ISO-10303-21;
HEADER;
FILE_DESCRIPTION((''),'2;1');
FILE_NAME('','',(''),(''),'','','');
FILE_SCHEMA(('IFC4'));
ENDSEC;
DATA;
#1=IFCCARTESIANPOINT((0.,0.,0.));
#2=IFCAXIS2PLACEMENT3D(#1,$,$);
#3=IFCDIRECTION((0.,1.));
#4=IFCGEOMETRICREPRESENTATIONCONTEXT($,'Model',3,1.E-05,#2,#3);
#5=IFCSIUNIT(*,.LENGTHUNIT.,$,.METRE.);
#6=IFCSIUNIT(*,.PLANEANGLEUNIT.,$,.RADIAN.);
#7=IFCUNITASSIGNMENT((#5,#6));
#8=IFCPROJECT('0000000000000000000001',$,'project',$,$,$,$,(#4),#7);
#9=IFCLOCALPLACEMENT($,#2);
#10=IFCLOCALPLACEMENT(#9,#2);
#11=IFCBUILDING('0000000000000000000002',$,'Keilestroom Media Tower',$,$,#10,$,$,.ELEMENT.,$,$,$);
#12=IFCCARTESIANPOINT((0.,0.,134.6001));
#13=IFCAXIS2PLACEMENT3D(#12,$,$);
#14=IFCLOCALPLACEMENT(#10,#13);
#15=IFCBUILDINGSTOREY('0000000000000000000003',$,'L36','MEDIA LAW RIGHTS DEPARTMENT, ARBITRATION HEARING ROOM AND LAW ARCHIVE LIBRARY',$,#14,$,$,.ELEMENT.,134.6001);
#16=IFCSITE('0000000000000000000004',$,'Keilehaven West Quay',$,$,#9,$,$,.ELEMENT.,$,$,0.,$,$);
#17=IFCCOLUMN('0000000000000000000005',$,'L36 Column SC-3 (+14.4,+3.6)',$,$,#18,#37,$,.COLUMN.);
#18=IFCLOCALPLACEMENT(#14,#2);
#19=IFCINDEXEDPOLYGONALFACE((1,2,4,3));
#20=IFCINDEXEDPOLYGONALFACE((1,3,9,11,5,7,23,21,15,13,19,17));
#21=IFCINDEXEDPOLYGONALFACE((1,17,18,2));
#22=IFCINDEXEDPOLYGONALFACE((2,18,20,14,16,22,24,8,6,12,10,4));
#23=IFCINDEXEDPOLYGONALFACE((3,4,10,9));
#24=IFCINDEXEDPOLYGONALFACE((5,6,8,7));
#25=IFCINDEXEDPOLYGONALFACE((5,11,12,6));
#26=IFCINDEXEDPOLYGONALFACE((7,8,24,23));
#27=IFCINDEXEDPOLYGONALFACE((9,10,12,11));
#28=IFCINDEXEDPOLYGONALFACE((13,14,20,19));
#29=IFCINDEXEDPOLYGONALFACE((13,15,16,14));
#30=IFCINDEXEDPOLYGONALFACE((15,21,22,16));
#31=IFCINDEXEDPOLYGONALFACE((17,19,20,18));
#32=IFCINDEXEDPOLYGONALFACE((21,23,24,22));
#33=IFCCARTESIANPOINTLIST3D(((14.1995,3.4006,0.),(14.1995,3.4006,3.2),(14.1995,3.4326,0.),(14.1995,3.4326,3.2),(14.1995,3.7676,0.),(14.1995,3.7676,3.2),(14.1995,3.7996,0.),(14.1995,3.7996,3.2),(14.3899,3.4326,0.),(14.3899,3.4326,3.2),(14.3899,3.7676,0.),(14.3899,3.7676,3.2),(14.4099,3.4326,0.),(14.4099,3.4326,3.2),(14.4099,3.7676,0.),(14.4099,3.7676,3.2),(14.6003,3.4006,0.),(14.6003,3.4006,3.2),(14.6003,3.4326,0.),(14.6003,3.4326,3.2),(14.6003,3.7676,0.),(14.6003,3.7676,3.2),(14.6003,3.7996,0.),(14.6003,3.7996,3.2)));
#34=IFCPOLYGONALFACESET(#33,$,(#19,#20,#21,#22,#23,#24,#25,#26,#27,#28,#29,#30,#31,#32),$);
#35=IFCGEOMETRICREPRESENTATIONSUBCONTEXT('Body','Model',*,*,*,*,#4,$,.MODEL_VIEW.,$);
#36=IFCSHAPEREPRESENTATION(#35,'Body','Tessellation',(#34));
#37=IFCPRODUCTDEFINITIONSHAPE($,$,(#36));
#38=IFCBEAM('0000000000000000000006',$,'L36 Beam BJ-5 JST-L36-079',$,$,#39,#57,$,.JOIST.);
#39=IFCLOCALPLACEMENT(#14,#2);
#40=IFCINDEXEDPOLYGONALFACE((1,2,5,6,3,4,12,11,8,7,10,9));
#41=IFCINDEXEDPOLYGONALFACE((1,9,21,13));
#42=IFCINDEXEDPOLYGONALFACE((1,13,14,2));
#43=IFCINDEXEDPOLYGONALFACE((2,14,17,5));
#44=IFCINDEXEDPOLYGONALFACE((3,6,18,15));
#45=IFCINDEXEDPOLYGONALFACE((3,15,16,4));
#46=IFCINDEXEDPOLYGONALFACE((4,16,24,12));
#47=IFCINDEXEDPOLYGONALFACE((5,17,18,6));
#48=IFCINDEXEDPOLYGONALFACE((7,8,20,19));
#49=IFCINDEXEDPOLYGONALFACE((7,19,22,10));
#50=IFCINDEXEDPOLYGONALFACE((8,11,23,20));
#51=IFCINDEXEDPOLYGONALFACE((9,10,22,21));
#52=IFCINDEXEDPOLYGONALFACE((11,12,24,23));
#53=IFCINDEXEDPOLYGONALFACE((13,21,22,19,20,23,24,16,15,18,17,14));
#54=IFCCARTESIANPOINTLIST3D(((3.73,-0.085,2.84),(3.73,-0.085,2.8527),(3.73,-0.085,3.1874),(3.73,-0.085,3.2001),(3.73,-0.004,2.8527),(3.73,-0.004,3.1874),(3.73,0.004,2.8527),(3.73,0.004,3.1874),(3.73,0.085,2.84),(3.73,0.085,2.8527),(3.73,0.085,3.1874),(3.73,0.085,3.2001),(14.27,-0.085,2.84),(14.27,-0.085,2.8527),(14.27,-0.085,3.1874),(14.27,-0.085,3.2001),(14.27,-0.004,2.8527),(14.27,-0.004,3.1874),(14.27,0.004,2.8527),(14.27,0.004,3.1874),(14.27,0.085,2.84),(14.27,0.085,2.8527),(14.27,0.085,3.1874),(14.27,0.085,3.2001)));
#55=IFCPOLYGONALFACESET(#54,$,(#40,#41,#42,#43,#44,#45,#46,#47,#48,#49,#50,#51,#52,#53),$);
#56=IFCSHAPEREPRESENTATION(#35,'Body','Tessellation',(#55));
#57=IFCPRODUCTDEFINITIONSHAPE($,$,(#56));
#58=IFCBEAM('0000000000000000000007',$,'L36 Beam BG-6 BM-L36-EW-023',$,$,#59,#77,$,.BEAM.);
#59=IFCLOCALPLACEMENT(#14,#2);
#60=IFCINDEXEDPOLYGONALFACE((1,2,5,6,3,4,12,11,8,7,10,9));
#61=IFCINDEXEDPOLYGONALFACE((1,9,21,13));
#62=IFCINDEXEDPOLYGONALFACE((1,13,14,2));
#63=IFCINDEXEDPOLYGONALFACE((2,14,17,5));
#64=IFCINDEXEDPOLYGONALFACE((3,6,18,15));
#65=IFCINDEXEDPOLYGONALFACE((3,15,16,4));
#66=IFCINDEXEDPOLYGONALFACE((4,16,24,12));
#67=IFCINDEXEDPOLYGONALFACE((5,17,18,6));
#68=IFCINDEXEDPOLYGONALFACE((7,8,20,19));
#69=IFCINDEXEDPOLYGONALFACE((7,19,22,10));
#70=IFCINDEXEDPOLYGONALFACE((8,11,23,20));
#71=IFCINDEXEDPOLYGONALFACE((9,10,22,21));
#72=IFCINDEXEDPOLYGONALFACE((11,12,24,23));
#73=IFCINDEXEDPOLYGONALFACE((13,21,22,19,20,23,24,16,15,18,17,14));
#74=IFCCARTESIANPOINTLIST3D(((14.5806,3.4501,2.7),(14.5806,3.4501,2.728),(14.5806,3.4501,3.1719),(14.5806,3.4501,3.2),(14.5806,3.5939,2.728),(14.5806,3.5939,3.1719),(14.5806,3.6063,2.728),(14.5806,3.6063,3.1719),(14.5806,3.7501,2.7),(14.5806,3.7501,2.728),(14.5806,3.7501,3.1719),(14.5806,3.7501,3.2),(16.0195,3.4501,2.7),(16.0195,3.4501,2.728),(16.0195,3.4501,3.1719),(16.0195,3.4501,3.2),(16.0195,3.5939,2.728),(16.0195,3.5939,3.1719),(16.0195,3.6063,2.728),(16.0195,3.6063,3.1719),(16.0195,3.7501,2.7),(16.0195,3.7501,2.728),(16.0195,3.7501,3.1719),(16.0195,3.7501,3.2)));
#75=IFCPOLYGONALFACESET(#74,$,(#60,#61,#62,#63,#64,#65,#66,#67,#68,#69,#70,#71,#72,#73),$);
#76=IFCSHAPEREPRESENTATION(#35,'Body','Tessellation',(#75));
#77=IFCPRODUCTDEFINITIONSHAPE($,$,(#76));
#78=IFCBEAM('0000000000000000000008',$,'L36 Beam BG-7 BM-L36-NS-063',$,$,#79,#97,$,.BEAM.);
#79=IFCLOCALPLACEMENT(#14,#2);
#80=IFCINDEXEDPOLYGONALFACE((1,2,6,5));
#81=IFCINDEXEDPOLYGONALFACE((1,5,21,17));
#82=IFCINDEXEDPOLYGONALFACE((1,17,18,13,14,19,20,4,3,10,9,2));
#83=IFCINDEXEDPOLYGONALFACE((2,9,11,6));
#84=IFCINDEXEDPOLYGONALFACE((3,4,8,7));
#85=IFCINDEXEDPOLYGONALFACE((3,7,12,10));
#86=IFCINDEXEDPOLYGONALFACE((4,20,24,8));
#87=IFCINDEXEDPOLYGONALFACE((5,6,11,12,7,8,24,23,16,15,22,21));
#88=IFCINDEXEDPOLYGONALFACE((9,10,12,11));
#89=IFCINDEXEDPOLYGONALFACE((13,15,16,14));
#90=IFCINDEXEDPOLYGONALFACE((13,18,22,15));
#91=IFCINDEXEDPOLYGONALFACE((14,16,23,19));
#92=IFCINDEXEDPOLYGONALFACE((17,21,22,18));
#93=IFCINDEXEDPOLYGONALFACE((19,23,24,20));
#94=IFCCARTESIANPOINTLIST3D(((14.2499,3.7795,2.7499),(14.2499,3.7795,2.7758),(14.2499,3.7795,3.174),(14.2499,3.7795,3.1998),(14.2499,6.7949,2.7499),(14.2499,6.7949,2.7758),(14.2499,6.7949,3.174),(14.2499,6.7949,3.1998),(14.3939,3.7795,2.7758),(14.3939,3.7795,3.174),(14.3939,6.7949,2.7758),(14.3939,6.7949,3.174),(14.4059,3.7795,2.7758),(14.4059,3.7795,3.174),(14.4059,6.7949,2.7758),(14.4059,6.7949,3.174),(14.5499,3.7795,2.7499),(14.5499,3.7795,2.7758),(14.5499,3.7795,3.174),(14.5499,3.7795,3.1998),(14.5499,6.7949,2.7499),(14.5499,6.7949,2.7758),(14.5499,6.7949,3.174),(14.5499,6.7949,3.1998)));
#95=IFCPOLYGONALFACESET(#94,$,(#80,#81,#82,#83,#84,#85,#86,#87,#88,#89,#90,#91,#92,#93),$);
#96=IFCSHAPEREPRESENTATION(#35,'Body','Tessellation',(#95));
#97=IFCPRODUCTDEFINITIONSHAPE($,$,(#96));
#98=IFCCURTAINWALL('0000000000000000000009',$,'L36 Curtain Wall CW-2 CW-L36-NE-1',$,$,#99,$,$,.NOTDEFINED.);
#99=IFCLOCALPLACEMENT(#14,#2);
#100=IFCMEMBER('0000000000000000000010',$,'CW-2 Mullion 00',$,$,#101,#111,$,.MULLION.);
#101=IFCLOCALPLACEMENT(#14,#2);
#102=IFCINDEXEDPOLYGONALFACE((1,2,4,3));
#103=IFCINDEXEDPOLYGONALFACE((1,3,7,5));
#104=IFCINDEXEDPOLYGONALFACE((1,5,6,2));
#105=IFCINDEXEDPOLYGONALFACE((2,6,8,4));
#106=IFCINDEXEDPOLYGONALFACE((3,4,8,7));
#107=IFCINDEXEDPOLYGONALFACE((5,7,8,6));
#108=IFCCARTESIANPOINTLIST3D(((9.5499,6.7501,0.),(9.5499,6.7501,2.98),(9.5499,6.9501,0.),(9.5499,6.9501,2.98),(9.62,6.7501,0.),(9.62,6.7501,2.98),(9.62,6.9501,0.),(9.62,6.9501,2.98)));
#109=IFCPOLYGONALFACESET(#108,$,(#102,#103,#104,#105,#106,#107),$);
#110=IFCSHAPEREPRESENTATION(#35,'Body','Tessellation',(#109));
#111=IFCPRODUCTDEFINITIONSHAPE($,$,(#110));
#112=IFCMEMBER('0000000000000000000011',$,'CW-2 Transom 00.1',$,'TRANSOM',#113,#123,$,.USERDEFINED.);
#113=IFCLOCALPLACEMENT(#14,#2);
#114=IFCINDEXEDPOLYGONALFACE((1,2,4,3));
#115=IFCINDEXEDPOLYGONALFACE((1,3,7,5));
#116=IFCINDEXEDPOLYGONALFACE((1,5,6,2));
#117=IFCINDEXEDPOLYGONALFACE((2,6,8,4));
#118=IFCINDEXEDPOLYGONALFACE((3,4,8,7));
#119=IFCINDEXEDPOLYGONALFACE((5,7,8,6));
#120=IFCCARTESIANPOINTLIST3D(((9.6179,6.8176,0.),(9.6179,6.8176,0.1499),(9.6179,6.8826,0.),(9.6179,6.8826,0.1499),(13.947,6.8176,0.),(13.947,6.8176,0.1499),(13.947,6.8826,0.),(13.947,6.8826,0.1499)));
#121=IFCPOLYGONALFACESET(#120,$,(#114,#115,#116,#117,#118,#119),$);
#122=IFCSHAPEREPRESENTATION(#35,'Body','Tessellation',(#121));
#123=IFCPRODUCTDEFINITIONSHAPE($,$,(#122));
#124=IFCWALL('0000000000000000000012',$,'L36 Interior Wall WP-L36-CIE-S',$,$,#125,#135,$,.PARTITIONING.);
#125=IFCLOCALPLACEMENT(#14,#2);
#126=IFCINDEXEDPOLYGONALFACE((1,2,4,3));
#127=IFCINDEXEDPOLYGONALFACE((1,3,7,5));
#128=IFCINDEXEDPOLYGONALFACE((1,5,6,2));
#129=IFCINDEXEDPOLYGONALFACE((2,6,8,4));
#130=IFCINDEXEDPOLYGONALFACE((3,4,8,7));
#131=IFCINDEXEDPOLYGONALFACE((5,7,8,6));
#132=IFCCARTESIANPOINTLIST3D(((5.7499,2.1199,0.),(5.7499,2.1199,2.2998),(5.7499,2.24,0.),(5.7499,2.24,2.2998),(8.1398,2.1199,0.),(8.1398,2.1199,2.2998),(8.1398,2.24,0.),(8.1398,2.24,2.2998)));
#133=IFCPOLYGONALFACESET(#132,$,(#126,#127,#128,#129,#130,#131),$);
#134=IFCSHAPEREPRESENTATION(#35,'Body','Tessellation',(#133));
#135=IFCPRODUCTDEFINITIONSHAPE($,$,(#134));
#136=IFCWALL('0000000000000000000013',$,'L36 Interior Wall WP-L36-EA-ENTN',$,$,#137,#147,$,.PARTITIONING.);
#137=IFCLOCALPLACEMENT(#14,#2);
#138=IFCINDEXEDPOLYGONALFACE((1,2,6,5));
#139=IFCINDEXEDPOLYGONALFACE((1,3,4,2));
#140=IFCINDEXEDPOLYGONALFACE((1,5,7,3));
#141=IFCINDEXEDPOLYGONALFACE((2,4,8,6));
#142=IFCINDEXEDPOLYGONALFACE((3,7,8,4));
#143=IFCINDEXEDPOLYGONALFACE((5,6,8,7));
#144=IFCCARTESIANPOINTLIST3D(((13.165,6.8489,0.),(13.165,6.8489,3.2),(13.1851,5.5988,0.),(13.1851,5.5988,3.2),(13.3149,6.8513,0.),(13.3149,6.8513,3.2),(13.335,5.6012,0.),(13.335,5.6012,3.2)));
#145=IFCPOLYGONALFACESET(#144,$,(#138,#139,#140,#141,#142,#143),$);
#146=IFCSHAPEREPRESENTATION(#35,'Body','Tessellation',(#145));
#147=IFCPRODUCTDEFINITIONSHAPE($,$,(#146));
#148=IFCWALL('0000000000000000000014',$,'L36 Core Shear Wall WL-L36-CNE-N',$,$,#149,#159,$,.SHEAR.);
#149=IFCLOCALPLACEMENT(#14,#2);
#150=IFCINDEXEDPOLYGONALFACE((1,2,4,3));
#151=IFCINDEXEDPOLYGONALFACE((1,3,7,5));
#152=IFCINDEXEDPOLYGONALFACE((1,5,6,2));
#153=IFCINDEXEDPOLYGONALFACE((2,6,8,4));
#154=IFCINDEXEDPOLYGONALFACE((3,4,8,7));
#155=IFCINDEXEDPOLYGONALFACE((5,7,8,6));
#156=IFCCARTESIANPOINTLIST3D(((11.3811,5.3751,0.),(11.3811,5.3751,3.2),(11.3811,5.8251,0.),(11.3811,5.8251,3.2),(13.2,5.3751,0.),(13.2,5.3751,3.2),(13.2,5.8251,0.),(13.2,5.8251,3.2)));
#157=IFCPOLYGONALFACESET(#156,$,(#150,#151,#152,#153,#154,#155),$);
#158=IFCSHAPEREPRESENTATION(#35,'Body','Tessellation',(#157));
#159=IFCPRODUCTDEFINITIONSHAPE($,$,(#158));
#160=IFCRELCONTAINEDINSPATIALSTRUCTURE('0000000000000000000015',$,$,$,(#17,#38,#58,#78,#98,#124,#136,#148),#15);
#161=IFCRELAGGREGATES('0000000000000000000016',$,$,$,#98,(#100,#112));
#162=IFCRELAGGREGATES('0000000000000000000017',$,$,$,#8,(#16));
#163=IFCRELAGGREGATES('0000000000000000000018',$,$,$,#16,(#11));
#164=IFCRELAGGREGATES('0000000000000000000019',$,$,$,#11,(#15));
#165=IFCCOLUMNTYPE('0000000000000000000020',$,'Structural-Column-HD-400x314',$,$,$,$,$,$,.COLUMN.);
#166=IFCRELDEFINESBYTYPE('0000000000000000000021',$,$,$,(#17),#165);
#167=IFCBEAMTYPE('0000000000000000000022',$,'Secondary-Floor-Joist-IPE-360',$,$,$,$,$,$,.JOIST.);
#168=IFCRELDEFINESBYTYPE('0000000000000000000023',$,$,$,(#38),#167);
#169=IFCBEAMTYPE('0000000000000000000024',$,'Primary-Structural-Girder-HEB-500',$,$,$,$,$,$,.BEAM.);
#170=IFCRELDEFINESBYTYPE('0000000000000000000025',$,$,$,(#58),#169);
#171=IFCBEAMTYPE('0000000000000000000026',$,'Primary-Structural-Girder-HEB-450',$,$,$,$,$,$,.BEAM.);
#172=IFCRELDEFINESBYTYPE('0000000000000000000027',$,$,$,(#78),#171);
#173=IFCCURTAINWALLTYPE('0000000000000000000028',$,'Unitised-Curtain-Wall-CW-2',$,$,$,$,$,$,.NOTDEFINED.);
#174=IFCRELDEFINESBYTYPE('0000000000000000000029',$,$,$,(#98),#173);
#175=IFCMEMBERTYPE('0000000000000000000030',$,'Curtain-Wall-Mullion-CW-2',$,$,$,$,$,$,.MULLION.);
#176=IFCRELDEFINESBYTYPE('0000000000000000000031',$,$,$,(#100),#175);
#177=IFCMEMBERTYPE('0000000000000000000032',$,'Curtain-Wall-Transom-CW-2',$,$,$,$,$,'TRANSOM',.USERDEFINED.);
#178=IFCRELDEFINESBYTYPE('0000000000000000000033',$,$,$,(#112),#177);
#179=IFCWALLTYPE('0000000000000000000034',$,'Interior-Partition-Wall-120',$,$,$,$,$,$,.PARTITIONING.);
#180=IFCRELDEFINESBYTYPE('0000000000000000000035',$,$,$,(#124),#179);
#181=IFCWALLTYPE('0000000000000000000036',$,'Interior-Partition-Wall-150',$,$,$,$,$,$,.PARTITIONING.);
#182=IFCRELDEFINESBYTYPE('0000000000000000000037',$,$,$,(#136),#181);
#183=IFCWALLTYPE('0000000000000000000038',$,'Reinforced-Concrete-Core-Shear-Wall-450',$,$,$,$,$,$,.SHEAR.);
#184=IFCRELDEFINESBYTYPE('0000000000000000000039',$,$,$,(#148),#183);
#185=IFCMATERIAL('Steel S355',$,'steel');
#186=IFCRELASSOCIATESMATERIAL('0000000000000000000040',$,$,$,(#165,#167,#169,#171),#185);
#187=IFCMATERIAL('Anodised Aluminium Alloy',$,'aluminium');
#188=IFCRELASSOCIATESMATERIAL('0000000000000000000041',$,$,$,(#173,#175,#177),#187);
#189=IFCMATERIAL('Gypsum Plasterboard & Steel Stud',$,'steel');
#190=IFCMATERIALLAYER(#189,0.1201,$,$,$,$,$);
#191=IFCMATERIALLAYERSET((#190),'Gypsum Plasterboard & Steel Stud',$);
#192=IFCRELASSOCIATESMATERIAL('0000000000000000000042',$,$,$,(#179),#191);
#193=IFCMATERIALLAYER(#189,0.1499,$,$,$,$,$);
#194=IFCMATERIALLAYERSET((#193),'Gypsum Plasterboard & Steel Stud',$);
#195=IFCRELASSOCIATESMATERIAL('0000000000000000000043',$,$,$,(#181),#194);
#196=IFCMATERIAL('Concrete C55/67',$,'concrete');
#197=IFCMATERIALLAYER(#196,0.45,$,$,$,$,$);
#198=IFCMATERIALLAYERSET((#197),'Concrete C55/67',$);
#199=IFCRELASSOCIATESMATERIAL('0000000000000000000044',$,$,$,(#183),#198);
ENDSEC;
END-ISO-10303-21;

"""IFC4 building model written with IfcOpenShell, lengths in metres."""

from ifc_helpers import new_model, si_unit, direction, frame, frame_2d, origin, origin_2d, place, context, subcontext, project, spatial, rectangle, i_section, extrude, source, transform, mapped, material, layer, layer_set, material_profile, profile_set, type_object, element, aggregate, save


model = new_model("IFC4")

# Units and contexts
model_context = context("Model", 3, precision=1e-05, world=origin(), true_north=direction((0.0, 1.0)))
body_context = subcontext(model_context, "Body", "Model", "MODEL_VIEW")
ifc_project = project(units=[si_unit("LENGTHUNIT", "METRE"), si_unit("PLANEANGLEUNIT", "RADIAN")], contexts=[model_context])

# Site, building, storey
site_placement = place(None, origin())
site = spatial("IfcSite", under=ifc_project, at=site_placement, Name="Keilehaven West Quay", CompositionType="ELEMENT", RefElevation=0.0)
building_placement = place(site_placement, origin())
building = spatial("IfcBuilding", under=site, at=building_placement, Name="Keilestroom Media Tower", CompositionType="ELEMENT")
storey_placement = place(building_placement, frame((0.0, 0.0, 134.6001)))
storey = spatial("IfcBuildingStorey", under=building, at=storey_placement, Name="L36", Description="MEDIA LAW RIGHTS DEPARTMENT, ARBITRATION HEARING ROOM AND LAW ARCHIVE LIBRARY", CompositionType="ELEMENT", Elevation=134.6001)

# Column
ifc_material_1 = material(Name="Steel S355", Category="steel")
ifc_material_profile_1 = material_profile(ifc_material_1, i_section(OverallWidth=0.4009, OverallDepth=0.3989, WebThickness=0.02, FlangeThickness=0.032, at=origin_2d()), Name="HD 400x314")
ifc_profile_set_1 = profile_set([ifc_material_profile_1], Name="Steel S355")
column_type = type_object("IfcColumnType", Name="Structural-Column-HD-400x314", PredefinedType="COLUMN", material=ifc_profile_set_1)
shared_shape_1 = source(origin(), body_context, "Body", "SweptSolid", [
    extrude(i_section(OverallWidth=0.4009, OverallDepth=0.3989, WebThickness=0.02, FlangeThickness=0.032, at=origin_2d()), origin(), (0.0, 0.0, 1.0), 3.2),
])
column_placement = place(storey_placement, frame((14.3999, 3.6001, 0.0), z_axis=(0.0, 0.0, 1.0), x_axis=(1.0, 0.0, 0.0)))
element("IfcColumn", 1, at=column_placement, inside=storey, type_object=column_type, Name="L36 Column SC-3 (+14.4,+3.6)", PredefinedType="COLUMN", context=body_context, shape_type="MappedRepresentation", body=[
    mapped(shared_shape_1, transform((0.0, 0.0, 0.0), x_axis=(1.0, 0.0, 0.0), y_axis=(0.0, 1.0, 0.0), z_axis=(0.0, 0.0, 1.0), scale=1.0)),
])

# Beams
ifc_material_profile_2 = material_profile(ifc_material_1, i_section(OverallWidth=0.1699, OverallDepth=0.3601, WebThickness=0.0081, FlangeThickness=0.0127, at=origin_2d()), Name="IPE 360")
ifc_profile_set_2 = profile_set([ifc_material_profile_2], Name="Steel S355")
beam_type_1 = type_object("IfcBeamType", Name="Secondary-Floor-Joist-IPE-360", PredefinedType="JOIST", material=ifc_profile_set_2)
shared_shape_2 = source(origin(), body_context, "Body", "SweptSolid", [
    extrude(i_section(OverallWidth=0.1699, OverallDepth=0.3601, WebThickness=0.0081, FlangeThickness=0.0127, at=origin_2d()), origin(), (0.0, 0.0, 1.0), 10.54),
])
beam_1_placement = place(storey_placement, frame((3.73, 0.0, 3.02), z_axis=(1.0, 0.0, 0.0), x_axis=(0.0, 1.0, 0.0)))
element("IfcBeam", 2, at=beam_1_placement, inside=storey, type_object=beam_type_1, Name="L36 Beam BJ-5 JST-L36-079", PredefinedType="JOIST", context=body_context, shape_type="MappedRepresentation", body=[
    mapped(shared_shape_2, transform((0.0, 0.0, 0.0), x_axis=(1.0, 0.0, 0.0), y_axis=(0.0, 1.0, 0.0), z_axis=(0.0, 0.0, 1.0), scale=1.0)),
])
ifc_material_profile_3 = material_profile(ifc_material_1, i_section(OverallWidth=0.3, OverallDepth=0.5, WebThickness=0.0125, FlangeThickness=0.0281, at=origin_2d()), Name="HEB 500")
ifc_profile_set_3 = profile_set([ifc_material_profile_3], Name="Steel S355")
beam_type_2 = type_object("IfcBeamType", Name="Primary-Structural-Girder-HEB-500", PredefinedType="BEAM", material=ifc_profile_set_3)
shared_shape_3 = source(origin(), body_context, "Body", "SweptSolid", [
    extrude(i_section(OverallWidth=0.3, OverallDepth=0.5, WebThickness=0.0125, FlangeThickness=0.0281, at=origin_2d()), origin(), (0.0, 0.0, 1.0), 1.439),
])
beam_2_placement = place(storey_placement, frame((14.5806, 3.6001, 2.95), z_axis=(1.0, 0.0, 0.0), x_axis=(0.0, 1.0, 0.0)))
element("IfcBeam", 3, at=beam_2_placement, inside=storey, type_object=beam_type_2, Name="L36 Beam BG-6 BM-L36-EW-023", PredefinedType="BEAM", context=body_context, shape_type="MappedRepresentation", body=[
    mapped(shared_shape_3, transform((0.0, 0.0, 0.0), x_axis=(1.0, 0.0, 0.0), y_axis=(0.0, 1.0, 0.0), z_axis=(0.0, 0.0, 1.0), scale=1.0)),
])
ifc_material_profile_4 = material_profile(ifc_material_1, i_section(OverallWidth=0.3, OverallDepth=0.45, WebThickness=0.012, FlangeThickness=0.0259, at=origin_2d()), Name="HEB 450")
ifc_profile_set_4 = profile_set([ifc_material_profile_4], Name="Steel S355")
beam_type_3 = type_object("IfcBeamType", Name="Primary-Structural-Girder-HEB-450", PredefinedType="BEAM", material=ifc_profile_set_4)
shared_shape_4 = source(origin(), body_context, "Body", "SweptSolid", [
    extrude(i_section(OverallWidth=0.3, OverallDepth=0.45, WebThickness=0.012, FlangeThickness=0.0259, at=origin_2d()), origin(), (0.0, 0.0, 1.0), 3.0154),
])
beam_3_placement = place(storey_placement, frame((14.3999, 3.7795, 2.9749), z_axis=(0.0, 1.0, 0.0), x_axis=(-1.0, 0.0, 0.0)))
element("IfcBeam", 4, at=beam_3_placement, inside=storey, type_object=beam_type_3, Name="L36 Beam BG-7 BM-L36-NS-063", PredefinedType="BEAM", context=body_context, shape_type="MappedRepresentation", body=[
    mapped(shared_shape_4, transform((0.0, 0.0, 0.0), x_axis=(1.0, 0.0, 0.0), y_axis=(0.0, 1.0, 0.0), z_axis=(0.0, 0.0, 1.0), scale=1.0)),
])

# Curtain wall, members
ifc_material_2 = material(Name="Anodised Aluminium Alloy", Category="aluminium")
curtain_wall_type = type_object("IfcCurtainWallType", Name="Unitised-Curtain-Wall-CW-2", PredefinedType="NOTDEFINED", material=ifc_material_2)
curtain_wall_placement = place(storey_placement, origin())
curtain_wall = element("IfcCurtainWall", 5, at=curtain_wall_placement, inside=storey, type_object=curtain_wall_type, Name="L36 Curtain Wall CW-2 CW-L36-NE-1", PredefinedType="NOTDEFINED")
ifc_material_profile_5 = material_profile(ifc_material_2, rectangle(XDim=0.0701, YDim=0.2, at=origin_2d()), Name="ALU MULLION 70x200")
ifc_profile_set_5 = profile_set([ifc_material_profile_5], Name="Anodised Aluminium Alloy")
member_type_1 = type_object("IfcMemberType", Name="Curtain-Wall-Mullion-CW-2", PredefinedType="MULLION", material=ifc_profile_set_5)
shared_shape_5 = source(origin(), body_context, "Body", "SweptSolid", [
    extrude(rectangle(XDim=0.0701, YDim=0.2, at=origin_2d()), origin(), (0.0, 0.0, 1.0), 2.98),
])
member_1_placement = place(storey_placement, frame((9.585, 6.8501, 0.0), z_axis=(0.0, 0.0, 1.0), x_axis=(1.0, 0.0, 0.0)))
member_1 = element("IfcMember", 6, at=member_1_placement, type_object=member_type_1, Name="CW-2 Mullion 00", PredefinedType="MULLION", context=body_context, shape_type="MappedRepresentation", body=[
    mapped(shared_shape_5, transform((0.0, 0.0, 0.0), x_axis=(1.0, 0.0, 0.0), y_axis=(0.0, 1.0, 0.0), z_axis=(0.0, 0.0, 1.0), scale=1.0)),
])
ifc_material_profile_6 = material_profile(ifc_material_2, rectangle(XDim=0.0649, YDim=0.1499, at=origin_2d()), Name="ALU TRANSOM 65x150")
ifc_profile_set_6 = profile_set([ifc_material_profile_6], Name="Anodised Aluminium Alloy")
member_type_2 = type_object("IfcMemberType", Name="Curtain-Wall-Transom-CW-2", ElementType="TRANSOM", PredefinedType="USERDEFINED", material=ifc_profile_set_6)
shared_shape_6 = source(origin(), body_context, "Body", "SweptSolid", [
    extrude(rectangle(XDim=0.0649, YDim=0.1499, at=origin_2d()), origin(), (0.0, 0.0, 1.0), 4.3291),
])
member_2_placement = place(storey_placement, frame((9.6179, 6.8501, 0.075), z_axis=(1.0, 0.0, 0.0), x_axis=(0.0, 1.0, 0.0)))
member_2 = element("IfcMember", 7, at=member_2_placement, type_object=member_type_2, Name="CW-2 Transom 00.1", ObjectType="TRANSOM", PredefinedType="USERDEFINED", context=body_context, shape_type="MappedRepresentation", body=[
    mapped(shared_shape_6, transform((0.0, 0.0, 0.0), x_axis=(1.0, 0.0, 0.0), y_axis=(0.0, 1.0, 0.0), z_axis=(0.0, 0.0, 1.0), scale=1.0)),
])
aggregate(curtain_wall, [member_1, member_2])

# Walls
ifc_material_3 = material(Name="Gypsum Plasterboard & Steel Stud", Category="steel")
ifc_layer_1 = layer(ifc_material_3, 0.1201)
ifc_layer_set_1 = layer_set([ifc_layer_1], Name="Gypsum Plasterboard & Steel Stud")
wall_type_1 = type_object("IfcWallType", Name="Interior-Partition-Wall-120", PredefinedType="PARTITIONING", material=ifc_layer_set_1)
wall_1_placement = place(storey_placement, frame((5.75, 2.1799, 0.0), z_axis=(0.0, 0.0, 1.0), x_axis=(1.0, 0.0, 0.0)))
element("IfcWall", 8, at=wall_1_placement, inside=storey, type_object=wall_type_1, Name="L36 Interior Wall WP-L36-CIE-S", PredefinedType="PARTITIONING", context=body_context, shape_type="SweptSolid", body=[
    extrude(rectangle(XDim=2.3899, YDim=0.1201, at=frame_2d((1.1948, 0.0))), origin(), (0.0, 0.0, 1.0), 2.2998),
])
ifc_layer_2 = layer(ifc_material_3, 0.1499)
ifc_layer_set_2 = layer_set([ifc_layer_2], Name="Gypsum Plasterboard & Steel Stud")
wall_type_2 = type_object("IfcWallType", Name="Interior-Partition-Wall-150", PredefinedType="PARTITIONING", material=ifc_layer_set_2)
wall_2_placement = place(storey_placement, frame((13.26, 5.6001, 0.0), z_axis=(0.0, 0.0, 1.0), x_axis=(-0.016014, 0.999872, 0.0)))
element("IfcWall", 9, at=wall_2_placement, inside=storey, type_object=wall_type_2, Name="L36 Interior Wall WP-L36-EA-ENTN", PredefinedType="PARTITIONING", context=body_context, shape_type="SweptSolid", body=[
    extrude(rectangle(XDim=1.2502, YDim=0.1499, at=frame_2d((0.625, 0.0))), origin(), (0.0, 0.0, 1.0), 3.2),
])
ifc_material_4 = material(Name="Concrete C55/67", Category="concrete")
ifc_layer_3 = layer(ifc_material_4, 0.45)
ifc_layer_set_3 = layer_set([ifc_layer_3], Name="Concrete C55/67")
wall_type_3 = type_object("IfcWallType", Name="Reinforced-Concrete-Core-Shear-Wall-450", PredefinedType="SHEAR", material=ifc_layer_set_3)
wall_3_placement = place(storey_placement, frame((11.3811, 5.6001, 0.0), z_axis=(0.0, 0.0, 1.0), x_axis=(1.0, 0.0, 0.0)))
element("IfcWall", 10, at=wall_3_placement, inside=storey, type_object=wall_type_3, Name="L36 Core Shear Wall WL-L36-CNE-N", PredefinedType="SHEAR", context=body_context, shape_type="SweptSolid", body=[
    extrude(rectangle(XDim=1.8188, YDim=0.45, at=frame_2d((0.9094, 0.0))), origin(), (0.0, 0.0, 1.0), 3.2),
])

save(model, "model.ifc")
